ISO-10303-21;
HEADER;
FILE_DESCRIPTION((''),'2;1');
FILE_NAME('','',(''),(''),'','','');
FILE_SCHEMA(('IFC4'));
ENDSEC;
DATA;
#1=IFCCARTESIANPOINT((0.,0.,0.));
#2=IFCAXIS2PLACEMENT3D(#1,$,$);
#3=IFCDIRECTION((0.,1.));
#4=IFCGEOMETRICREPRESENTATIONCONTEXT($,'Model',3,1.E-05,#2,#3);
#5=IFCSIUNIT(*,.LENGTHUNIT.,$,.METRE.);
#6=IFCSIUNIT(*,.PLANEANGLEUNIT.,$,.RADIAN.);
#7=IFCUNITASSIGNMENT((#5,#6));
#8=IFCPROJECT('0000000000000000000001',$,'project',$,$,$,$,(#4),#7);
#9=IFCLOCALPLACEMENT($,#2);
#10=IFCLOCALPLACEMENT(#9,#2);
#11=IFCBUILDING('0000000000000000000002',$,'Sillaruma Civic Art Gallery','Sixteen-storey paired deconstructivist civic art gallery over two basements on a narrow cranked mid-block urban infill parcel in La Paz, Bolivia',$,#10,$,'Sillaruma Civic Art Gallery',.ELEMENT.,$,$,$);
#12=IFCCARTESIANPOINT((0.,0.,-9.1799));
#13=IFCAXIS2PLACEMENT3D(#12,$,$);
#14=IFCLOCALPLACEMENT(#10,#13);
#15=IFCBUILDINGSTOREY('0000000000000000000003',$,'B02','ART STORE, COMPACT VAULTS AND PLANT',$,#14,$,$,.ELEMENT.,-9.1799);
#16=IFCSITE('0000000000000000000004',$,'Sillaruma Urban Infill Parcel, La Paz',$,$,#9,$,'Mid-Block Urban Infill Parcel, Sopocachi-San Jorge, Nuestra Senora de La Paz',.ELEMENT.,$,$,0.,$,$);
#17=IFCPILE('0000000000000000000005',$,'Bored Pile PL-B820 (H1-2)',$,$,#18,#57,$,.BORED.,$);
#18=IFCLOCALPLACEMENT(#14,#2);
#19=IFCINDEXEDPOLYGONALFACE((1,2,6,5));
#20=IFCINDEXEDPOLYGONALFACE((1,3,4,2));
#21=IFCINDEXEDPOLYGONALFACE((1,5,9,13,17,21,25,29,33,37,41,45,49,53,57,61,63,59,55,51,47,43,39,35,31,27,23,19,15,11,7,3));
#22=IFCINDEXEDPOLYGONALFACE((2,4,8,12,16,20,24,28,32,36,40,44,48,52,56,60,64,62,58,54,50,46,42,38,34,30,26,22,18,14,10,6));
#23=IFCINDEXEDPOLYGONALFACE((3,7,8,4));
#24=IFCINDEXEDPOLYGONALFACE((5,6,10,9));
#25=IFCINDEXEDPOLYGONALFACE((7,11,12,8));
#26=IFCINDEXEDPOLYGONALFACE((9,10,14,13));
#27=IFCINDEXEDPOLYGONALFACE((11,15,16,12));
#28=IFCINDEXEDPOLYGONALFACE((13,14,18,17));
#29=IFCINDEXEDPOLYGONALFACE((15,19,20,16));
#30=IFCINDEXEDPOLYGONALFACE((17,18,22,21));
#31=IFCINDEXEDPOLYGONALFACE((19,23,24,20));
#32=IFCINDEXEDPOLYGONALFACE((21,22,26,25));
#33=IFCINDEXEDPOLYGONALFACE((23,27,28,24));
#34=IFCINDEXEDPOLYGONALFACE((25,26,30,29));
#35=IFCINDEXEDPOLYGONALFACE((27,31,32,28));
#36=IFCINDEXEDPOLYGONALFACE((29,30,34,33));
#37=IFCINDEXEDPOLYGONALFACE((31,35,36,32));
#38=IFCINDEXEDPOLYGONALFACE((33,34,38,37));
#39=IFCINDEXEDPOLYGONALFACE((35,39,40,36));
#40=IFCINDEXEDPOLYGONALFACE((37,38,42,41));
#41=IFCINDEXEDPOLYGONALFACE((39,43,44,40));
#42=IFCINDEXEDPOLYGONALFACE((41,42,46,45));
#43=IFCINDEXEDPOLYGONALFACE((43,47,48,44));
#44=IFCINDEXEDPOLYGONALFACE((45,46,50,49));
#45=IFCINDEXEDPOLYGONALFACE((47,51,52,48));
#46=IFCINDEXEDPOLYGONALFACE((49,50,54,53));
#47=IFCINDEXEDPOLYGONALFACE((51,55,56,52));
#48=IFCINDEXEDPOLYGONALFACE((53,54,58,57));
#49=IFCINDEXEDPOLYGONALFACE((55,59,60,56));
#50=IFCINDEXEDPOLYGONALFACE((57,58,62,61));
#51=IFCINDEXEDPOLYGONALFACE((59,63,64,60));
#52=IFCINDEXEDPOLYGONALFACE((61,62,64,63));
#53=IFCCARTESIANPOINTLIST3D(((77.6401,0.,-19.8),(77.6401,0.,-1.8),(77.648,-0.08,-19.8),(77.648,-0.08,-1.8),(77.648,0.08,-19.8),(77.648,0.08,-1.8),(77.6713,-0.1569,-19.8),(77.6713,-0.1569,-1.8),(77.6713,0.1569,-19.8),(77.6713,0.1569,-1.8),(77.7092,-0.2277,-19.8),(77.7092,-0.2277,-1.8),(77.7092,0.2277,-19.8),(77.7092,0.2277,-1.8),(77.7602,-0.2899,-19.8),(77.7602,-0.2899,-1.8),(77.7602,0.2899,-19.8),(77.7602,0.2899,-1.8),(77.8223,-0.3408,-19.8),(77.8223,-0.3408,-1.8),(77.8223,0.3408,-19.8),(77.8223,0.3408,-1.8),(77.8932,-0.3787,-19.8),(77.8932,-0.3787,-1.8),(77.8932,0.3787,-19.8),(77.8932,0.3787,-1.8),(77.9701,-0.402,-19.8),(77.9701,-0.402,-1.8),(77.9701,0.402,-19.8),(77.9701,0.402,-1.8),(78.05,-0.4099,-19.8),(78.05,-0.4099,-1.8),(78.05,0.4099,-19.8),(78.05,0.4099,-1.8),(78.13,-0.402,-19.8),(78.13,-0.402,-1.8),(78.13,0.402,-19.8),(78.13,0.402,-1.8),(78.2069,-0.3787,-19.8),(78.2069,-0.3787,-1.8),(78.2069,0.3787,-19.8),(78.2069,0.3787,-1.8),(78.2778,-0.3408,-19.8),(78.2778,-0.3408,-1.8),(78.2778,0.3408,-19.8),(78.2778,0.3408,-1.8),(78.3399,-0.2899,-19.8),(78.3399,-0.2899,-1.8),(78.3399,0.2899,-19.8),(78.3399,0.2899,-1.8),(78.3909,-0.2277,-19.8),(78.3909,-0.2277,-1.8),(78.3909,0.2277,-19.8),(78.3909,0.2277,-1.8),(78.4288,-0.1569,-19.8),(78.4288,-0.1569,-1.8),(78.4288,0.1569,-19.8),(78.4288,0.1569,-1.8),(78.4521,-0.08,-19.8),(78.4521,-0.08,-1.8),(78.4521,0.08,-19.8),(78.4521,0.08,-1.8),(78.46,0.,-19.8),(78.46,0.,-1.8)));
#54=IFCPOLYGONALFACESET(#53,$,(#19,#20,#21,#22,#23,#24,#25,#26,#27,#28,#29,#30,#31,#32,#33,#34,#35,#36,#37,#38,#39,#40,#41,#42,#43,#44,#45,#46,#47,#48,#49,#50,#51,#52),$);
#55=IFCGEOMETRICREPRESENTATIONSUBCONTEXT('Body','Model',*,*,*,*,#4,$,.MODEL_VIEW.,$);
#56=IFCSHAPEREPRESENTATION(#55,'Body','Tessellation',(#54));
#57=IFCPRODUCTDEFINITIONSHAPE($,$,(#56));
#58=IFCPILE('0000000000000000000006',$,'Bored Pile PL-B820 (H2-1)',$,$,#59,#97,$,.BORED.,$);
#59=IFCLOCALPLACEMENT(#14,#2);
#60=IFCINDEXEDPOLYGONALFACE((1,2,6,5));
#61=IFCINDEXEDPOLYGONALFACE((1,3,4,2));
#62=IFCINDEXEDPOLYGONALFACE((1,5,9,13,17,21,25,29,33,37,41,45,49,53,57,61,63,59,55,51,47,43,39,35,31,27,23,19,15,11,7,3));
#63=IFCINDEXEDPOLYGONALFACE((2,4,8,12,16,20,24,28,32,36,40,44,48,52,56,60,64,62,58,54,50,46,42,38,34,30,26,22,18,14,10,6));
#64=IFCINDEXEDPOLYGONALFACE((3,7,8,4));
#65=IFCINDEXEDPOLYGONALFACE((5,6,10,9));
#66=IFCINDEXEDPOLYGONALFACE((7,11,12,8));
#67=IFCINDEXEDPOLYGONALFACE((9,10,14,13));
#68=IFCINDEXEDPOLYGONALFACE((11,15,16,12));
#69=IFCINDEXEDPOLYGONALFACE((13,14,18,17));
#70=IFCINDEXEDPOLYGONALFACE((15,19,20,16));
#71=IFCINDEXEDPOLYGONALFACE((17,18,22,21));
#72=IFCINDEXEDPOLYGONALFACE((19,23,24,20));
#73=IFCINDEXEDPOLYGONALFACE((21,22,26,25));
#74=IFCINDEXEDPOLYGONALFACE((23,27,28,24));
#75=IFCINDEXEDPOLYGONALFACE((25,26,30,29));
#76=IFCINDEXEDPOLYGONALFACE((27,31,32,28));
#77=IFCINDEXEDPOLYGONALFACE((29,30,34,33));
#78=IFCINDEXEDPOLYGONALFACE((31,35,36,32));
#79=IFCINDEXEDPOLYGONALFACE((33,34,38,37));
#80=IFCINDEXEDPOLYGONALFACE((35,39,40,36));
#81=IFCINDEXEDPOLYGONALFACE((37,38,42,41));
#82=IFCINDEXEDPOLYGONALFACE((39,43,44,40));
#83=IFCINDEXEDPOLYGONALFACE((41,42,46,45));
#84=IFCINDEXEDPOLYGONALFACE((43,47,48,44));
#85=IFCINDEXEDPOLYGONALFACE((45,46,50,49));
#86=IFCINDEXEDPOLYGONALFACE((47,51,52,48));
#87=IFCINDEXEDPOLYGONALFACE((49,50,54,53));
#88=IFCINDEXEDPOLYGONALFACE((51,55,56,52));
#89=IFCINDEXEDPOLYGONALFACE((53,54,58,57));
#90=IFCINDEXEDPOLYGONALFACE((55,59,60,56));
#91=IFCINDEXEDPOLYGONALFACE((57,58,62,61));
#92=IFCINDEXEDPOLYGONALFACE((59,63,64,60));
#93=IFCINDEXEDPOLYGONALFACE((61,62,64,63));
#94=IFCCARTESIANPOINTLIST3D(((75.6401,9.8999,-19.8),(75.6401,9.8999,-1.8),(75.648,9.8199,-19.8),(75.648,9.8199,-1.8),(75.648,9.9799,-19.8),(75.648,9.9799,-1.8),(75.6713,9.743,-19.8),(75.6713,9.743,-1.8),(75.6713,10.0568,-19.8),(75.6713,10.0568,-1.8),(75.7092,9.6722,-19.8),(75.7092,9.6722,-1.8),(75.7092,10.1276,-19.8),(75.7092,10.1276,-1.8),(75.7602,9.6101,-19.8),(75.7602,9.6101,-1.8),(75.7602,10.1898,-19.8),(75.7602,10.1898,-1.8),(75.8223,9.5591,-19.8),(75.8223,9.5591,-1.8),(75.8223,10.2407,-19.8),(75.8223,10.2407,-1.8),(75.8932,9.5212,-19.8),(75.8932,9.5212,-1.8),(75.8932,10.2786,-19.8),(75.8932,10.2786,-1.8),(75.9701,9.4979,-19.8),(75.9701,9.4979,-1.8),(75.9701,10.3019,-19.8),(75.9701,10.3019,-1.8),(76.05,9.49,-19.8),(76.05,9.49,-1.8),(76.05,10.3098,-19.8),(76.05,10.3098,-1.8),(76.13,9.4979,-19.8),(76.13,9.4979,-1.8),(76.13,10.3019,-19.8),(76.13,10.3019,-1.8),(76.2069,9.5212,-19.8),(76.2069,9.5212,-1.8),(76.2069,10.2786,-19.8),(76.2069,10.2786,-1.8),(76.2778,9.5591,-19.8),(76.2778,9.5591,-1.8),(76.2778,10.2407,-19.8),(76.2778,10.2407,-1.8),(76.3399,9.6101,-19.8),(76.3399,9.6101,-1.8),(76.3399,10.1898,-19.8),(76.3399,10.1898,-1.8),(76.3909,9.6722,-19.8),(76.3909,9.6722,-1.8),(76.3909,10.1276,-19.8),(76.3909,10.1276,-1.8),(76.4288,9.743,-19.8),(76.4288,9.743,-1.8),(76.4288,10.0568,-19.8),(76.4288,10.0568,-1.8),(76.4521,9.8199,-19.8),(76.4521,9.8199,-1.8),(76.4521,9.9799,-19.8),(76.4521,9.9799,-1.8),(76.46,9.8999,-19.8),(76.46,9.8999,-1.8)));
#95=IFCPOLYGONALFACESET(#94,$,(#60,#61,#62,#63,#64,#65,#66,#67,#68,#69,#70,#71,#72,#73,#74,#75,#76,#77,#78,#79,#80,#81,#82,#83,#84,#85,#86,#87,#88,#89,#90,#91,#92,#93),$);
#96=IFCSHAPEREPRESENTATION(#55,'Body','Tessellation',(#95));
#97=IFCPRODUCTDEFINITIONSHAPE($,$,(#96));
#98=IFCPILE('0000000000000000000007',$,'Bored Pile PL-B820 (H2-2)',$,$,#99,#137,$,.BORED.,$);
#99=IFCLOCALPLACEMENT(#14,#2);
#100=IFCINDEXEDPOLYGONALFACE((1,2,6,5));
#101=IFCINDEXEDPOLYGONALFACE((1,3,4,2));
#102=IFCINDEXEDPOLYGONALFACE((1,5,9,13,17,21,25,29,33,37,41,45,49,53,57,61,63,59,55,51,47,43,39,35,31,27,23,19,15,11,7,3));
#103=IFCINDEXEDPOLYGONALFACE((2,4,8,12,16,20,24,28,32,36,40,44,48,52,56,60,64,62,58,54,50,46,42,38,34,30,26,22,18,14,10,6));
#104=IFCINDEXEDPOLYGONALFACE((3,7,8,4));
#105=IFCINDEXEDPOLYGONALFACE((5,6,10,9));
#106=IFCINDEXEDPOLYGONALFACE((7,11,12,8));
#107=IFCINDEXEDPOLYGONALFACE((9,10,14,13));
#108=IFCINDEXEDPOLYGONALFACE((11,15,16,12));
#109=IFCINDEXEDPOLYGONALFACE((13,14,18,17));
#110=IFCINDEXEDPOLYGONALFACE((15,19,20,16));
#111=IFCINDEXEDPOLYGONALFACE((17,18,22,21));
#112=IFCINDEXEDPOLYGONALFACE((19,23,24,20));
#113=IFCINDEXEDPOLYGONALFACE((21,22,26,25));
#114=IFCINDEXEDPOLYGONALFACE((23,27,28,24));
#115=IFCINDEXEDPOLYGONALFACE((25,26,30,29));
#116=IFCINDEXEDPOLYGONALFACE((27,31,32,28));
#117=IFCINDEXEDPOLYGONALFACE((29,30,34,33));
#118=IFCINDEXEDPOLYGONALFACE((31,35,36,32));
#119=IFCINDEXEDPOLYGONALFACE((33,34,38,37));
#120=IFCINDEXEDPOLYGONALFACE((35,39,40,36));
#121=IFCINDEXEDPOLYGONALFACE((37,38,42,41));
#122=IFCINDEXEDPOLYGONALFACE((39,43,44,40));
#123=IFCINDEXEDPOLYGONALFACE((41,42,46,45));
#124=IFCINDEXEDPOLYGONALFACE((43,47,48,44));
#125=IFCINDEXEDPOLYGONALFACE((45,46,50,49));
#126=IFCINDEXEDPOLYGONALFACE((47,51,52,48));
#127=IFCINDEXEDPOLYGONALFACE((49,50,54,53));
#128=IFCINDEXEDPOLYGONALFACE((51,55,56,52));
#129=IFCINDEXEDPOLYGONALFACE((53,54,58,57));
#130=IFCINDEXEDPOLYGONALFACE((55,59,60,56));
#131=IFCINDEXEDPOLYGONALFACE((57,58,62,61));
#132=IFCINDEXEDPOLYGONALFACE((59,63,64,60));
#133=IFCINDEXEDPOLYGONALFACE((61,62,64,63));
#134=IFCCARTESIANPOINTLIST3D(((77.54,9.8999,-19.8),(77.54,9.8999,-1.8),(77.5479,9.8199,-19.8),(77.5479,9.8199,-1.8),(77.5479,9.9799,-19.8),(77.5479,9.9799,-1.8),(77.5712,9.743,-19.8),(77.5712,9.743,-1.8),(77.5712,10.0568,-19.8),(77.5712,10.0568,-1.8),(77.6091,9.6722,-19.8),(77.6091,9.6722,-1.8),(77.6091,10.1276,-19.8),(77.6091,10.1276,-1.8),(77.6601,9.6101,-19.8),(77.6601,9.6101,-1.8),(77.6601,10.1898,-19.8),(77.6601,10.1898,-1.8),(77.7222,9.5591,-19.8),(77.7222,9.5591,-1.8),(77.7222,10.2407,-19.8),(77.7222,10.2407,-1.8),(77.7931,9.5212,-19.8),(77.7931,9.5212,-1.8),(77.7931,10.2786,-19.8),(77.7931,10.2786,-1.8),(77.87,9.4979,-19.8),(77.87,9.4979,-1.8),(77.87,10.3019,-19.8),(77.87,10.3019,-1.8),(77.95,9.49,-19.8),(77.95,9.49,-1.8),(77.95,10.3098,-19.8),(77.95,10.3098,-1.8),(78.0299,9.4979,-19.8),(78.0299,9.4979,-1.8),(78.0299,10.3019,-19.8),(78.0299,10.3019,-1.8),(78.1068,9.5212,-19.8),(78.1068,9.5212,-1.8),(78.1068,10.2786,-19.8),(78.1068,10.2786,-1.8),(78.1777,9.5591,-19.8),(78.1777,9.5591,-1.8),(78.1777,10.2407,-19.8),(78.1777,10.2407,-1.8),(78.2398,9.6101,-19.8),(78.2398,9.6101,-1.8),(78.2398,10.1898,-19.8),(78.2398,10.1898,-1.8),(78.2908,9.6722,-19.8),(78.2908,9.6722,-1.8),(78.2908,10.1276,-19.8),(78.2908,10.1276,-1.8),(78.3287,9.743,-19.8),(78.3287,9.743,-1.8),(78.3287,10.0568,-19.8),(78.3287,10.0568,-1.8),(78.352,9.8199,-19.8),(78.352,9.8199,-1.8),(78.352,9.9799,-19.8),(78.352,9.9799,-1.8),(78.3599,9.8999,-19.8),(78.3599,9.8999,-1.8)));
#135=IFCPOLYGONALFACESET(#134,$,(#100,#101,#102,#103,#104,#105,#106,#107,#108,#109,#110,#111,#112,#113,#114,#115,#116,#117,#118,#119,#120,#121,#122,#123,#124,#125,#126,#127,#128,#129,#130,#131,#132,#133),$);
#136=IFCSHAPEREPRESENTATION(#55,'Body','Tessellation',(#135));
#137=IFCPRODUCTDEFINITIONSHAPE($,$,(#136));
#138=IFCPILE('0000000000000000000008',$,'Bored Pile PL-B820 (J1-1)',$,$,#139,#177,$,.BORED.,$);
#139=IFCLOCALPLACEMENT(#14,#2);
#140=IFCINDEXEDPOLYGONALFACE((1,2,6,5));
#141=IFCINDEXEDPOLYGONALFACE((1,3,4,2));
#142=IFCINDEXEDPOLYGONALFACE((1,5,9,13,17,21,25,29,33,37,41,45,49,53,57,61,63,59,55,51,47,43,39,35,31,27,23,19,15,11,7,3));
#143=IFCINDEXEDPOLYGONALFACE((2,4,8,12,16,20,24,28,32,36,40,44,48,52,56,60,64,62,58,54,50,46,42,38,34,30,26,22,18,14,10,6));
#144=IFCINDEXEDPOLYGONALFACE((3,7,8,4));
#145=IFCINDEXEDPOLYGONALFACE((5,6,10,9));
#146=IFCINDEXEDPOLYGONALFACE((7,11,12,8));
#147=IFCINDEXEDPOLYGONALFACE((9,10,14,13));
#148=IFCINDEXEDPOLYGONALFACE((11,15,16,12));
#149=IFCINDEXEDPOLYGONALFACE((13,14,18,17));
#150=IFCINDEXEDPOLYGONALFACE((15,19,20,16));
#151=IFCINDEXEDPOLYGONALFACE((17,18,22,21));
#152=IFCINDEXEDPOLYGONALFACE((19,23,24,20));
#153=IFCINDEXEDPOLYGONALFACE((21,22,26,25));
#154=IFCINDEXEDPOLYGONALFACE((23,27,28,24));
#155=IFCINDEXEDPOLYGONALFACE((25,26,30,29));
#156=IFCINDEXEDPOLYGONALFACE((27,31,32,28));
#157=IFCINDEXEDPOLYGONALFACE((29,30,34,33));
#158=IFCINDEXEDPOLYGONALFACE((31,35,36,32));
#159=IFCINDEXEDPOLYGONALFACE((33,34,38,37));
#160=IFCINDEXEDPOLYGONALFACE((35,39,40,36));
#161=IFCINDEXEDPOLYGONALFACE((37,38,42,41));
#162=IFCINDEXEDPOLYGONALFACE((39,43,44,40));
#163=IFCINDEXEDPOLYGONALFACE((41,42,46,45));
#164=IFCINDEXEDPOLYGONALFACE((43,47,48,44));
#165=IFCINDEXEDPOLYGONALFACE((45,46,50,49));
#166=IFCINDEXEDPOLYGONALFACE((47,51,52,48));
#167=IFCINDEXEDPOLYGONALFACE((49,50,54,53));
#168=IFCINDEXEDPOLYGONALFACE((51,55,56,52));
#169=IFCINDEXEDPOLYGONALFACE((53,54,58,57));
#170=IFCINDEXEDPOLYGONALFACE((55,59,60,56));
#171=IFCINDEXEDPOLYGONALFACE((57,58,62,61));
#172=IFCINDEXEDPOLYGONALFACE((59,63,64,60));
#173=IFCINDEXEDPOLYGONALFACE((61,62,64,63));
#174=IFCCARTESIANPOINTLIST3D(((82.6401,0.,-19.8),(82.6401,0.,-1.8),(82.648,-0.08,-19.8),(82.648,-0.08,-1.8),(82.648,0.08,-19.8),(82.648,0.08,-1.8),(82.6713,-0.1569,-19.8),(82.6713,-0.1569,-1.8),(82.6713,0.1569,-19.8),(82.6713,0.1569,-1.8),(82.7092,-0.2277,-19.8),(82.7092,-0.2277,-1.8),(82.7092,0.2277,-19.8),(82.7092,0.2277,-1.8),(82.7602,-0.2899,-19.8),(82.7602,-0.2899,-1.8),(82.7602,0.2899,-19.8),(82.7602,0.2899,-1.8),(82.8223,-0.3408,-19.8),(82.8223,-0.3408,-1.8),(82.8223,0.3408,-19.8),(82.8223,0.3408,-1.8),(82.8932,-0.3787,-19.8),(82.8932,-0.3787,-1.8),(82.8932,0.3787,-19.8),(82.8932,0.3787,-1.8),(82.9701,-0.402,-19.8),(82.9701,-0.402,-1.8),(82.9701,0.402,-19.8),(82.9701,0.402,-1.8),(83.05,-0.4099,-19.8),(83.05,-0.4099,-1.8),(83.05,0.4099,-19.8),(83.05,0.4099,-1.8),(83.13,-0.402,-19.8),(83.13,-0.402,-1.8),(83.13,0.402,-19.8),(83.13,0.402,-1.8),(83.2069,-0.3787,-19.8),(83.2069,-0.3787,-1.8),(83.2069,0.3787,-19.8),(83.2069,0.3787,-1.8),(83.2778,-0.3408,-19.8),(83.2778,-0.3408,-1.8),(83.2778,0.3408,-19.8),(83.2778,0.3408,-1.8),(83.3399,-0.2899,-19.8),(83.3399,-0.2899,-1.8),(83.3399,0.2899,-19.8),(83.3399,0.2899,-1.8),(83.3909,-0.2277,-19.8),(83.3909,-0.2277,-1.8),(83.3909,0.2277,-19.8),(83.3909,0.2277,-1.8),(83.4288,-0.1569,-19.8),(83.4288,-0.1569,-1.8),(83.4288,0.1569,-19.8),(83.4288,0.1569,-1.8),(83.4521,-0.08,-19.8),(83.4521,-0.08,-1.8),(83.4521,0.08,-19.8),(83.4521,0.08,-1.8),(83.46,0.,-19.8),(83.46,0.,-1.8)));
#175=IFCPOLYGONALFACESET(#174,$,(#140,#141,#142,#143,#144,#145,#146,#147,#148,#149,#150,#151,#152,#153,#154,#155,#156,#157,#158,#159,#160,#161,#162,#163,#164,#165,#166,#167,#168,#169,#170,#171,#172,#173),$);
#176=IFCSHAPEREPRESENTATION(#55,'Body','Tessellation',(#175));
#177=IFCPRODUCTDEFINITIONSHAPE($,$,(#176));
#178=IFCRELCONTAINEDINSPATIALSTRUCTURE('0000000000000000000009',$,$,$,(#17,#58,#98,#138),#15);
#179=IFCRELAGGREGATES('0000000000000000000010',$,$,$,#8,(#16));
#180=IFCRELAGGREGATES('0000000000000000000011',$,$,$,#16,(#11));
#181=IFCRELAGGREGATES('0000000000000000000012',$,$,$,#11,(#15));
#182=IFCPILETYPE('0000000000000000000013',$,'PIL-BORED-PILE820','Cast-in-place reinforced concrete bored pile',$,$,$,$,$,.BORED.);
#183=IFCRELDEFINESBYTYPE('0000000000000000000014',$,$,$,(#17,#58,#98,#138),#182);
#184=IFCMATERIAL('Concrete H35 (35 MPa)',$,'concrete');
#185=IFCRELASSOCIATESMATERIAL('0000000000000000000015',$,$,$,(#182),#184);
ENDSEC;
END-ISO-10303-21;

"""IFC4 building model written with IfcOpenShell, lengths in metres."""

from ifc_helpers import new_model, si_unit, direction, frame, origin, origin_2d, place, context, subcontext, project, spatial, circle, extrude, material, material_profile, profile_set, type_object, element, save


model = new_model("IFC4")

# Units and contexts
model_context = context("Model", 3, precision=1e-05, world=origin(), true_north=direction((0.0, 1.0)))
body_context = subcontext(model_context, "Body", "Model", "MODEL_VIEW")
ifc_project = project(units=[si_unit("LENGTHUNIT", "METRE"), si_unit("PLANEANGLEUNIT", "RADIAN")], contexts=[model_context])

# Site, building, storey
site_placement = place(None, origin())
site = spatial("IfcSite", under=ifc_project, at=site_placement, Name="Sillaruma Urban Infill Parcel, La Paz", LongName="Mid-Block Urban Infill Parcel, Sopocachi-San Jorge, Nuestra Senora de La Paz", CompositionType="ELEMENT", RefElevation=0.0)
building_placement = place(site_placement, origin())
building = spatial("IfcBuilding", under=site, at=building_placement, Name="Sillaruma Civic Art Gallery", Description="Sixteen-storey paired deconstructivist civic art gallery over two basements on a narrow cranked mid-block urban infill parcel in La Paz, Bolivia", LongName="Sillaruma Civic Art Gallery", CompositionType="ELEMENT")
storey_placement = place(building_placement, frame((0.0, 0.0, -9.1799)))
storey = spatial("IfcBuildingStorey", under=building, at=storey_placement, Name="B02", Description="ART STORE, COMPACT VAULTS AND PLANT", CompositionType="ELEMENT", Elevation=-9.1799)

# Shared definitions
ifc_material_1 = material(Name="Concrete H35 (35 MPa)", Category="concrete")

# Piles
ifc_material_profile_1 = material_profile(ifc_material_1, circle(Radius=0.4099, at=origin_2d()), Name="PILE820")
ifc_profile_set_1 = profile_set([ifc_material_profile_1], Name="Concrete H35 (35 MPa)")
pile_type_1 = type_object("IfcPileType", Name="PIL-BORED-PILE820", Description="Cast-in-place reinforced concrete bored pile", PredefinedType="BORED", material=ifc_profile_set_1)
for number, where, z_axis, x_axis, name in (
    (1, (78.05, 0.0, -1.8), (0.0, 0.0, -1.0), (1.0, 0.0, 0.0), "Bored Pile PL-B820 (H1-2)"),
    (2, (76.05, 9.8999, -1.8), (0.0, 0.0, -1.0), (1.0, 0.0, 0.0), "Bored Pile PL-B820 (H2-1)"),
    (3, (77.95, 9.8999, -1.8), (0.0, 0.0, -1.0), (1.0, 0.0, 0.0), "Bored Pile PL-B820 (H2-2)"),
    (4, (83.05, 0.0, -1.8), (0.0, 0.0, -1.0), (1.0, 0.0, 0.0), "Bored Pile PL-B820 (J1-1)"),
):
    element("IfcPile", number, at=place(storey_placement, frame(where, z_axis=z_axis, x_axis=x_axis)), inside=storey, type_object=pile_type_1, Name=name, PredefinedType="BORED", context=body_context, shape_type="SweptSolid", body=[
        extrude(circle(Radius=0.4099, at=origin_2d()), origin(), (0.0, 0.0, 1.0), 18.0),
    ])

save(model, "model.ifc")
